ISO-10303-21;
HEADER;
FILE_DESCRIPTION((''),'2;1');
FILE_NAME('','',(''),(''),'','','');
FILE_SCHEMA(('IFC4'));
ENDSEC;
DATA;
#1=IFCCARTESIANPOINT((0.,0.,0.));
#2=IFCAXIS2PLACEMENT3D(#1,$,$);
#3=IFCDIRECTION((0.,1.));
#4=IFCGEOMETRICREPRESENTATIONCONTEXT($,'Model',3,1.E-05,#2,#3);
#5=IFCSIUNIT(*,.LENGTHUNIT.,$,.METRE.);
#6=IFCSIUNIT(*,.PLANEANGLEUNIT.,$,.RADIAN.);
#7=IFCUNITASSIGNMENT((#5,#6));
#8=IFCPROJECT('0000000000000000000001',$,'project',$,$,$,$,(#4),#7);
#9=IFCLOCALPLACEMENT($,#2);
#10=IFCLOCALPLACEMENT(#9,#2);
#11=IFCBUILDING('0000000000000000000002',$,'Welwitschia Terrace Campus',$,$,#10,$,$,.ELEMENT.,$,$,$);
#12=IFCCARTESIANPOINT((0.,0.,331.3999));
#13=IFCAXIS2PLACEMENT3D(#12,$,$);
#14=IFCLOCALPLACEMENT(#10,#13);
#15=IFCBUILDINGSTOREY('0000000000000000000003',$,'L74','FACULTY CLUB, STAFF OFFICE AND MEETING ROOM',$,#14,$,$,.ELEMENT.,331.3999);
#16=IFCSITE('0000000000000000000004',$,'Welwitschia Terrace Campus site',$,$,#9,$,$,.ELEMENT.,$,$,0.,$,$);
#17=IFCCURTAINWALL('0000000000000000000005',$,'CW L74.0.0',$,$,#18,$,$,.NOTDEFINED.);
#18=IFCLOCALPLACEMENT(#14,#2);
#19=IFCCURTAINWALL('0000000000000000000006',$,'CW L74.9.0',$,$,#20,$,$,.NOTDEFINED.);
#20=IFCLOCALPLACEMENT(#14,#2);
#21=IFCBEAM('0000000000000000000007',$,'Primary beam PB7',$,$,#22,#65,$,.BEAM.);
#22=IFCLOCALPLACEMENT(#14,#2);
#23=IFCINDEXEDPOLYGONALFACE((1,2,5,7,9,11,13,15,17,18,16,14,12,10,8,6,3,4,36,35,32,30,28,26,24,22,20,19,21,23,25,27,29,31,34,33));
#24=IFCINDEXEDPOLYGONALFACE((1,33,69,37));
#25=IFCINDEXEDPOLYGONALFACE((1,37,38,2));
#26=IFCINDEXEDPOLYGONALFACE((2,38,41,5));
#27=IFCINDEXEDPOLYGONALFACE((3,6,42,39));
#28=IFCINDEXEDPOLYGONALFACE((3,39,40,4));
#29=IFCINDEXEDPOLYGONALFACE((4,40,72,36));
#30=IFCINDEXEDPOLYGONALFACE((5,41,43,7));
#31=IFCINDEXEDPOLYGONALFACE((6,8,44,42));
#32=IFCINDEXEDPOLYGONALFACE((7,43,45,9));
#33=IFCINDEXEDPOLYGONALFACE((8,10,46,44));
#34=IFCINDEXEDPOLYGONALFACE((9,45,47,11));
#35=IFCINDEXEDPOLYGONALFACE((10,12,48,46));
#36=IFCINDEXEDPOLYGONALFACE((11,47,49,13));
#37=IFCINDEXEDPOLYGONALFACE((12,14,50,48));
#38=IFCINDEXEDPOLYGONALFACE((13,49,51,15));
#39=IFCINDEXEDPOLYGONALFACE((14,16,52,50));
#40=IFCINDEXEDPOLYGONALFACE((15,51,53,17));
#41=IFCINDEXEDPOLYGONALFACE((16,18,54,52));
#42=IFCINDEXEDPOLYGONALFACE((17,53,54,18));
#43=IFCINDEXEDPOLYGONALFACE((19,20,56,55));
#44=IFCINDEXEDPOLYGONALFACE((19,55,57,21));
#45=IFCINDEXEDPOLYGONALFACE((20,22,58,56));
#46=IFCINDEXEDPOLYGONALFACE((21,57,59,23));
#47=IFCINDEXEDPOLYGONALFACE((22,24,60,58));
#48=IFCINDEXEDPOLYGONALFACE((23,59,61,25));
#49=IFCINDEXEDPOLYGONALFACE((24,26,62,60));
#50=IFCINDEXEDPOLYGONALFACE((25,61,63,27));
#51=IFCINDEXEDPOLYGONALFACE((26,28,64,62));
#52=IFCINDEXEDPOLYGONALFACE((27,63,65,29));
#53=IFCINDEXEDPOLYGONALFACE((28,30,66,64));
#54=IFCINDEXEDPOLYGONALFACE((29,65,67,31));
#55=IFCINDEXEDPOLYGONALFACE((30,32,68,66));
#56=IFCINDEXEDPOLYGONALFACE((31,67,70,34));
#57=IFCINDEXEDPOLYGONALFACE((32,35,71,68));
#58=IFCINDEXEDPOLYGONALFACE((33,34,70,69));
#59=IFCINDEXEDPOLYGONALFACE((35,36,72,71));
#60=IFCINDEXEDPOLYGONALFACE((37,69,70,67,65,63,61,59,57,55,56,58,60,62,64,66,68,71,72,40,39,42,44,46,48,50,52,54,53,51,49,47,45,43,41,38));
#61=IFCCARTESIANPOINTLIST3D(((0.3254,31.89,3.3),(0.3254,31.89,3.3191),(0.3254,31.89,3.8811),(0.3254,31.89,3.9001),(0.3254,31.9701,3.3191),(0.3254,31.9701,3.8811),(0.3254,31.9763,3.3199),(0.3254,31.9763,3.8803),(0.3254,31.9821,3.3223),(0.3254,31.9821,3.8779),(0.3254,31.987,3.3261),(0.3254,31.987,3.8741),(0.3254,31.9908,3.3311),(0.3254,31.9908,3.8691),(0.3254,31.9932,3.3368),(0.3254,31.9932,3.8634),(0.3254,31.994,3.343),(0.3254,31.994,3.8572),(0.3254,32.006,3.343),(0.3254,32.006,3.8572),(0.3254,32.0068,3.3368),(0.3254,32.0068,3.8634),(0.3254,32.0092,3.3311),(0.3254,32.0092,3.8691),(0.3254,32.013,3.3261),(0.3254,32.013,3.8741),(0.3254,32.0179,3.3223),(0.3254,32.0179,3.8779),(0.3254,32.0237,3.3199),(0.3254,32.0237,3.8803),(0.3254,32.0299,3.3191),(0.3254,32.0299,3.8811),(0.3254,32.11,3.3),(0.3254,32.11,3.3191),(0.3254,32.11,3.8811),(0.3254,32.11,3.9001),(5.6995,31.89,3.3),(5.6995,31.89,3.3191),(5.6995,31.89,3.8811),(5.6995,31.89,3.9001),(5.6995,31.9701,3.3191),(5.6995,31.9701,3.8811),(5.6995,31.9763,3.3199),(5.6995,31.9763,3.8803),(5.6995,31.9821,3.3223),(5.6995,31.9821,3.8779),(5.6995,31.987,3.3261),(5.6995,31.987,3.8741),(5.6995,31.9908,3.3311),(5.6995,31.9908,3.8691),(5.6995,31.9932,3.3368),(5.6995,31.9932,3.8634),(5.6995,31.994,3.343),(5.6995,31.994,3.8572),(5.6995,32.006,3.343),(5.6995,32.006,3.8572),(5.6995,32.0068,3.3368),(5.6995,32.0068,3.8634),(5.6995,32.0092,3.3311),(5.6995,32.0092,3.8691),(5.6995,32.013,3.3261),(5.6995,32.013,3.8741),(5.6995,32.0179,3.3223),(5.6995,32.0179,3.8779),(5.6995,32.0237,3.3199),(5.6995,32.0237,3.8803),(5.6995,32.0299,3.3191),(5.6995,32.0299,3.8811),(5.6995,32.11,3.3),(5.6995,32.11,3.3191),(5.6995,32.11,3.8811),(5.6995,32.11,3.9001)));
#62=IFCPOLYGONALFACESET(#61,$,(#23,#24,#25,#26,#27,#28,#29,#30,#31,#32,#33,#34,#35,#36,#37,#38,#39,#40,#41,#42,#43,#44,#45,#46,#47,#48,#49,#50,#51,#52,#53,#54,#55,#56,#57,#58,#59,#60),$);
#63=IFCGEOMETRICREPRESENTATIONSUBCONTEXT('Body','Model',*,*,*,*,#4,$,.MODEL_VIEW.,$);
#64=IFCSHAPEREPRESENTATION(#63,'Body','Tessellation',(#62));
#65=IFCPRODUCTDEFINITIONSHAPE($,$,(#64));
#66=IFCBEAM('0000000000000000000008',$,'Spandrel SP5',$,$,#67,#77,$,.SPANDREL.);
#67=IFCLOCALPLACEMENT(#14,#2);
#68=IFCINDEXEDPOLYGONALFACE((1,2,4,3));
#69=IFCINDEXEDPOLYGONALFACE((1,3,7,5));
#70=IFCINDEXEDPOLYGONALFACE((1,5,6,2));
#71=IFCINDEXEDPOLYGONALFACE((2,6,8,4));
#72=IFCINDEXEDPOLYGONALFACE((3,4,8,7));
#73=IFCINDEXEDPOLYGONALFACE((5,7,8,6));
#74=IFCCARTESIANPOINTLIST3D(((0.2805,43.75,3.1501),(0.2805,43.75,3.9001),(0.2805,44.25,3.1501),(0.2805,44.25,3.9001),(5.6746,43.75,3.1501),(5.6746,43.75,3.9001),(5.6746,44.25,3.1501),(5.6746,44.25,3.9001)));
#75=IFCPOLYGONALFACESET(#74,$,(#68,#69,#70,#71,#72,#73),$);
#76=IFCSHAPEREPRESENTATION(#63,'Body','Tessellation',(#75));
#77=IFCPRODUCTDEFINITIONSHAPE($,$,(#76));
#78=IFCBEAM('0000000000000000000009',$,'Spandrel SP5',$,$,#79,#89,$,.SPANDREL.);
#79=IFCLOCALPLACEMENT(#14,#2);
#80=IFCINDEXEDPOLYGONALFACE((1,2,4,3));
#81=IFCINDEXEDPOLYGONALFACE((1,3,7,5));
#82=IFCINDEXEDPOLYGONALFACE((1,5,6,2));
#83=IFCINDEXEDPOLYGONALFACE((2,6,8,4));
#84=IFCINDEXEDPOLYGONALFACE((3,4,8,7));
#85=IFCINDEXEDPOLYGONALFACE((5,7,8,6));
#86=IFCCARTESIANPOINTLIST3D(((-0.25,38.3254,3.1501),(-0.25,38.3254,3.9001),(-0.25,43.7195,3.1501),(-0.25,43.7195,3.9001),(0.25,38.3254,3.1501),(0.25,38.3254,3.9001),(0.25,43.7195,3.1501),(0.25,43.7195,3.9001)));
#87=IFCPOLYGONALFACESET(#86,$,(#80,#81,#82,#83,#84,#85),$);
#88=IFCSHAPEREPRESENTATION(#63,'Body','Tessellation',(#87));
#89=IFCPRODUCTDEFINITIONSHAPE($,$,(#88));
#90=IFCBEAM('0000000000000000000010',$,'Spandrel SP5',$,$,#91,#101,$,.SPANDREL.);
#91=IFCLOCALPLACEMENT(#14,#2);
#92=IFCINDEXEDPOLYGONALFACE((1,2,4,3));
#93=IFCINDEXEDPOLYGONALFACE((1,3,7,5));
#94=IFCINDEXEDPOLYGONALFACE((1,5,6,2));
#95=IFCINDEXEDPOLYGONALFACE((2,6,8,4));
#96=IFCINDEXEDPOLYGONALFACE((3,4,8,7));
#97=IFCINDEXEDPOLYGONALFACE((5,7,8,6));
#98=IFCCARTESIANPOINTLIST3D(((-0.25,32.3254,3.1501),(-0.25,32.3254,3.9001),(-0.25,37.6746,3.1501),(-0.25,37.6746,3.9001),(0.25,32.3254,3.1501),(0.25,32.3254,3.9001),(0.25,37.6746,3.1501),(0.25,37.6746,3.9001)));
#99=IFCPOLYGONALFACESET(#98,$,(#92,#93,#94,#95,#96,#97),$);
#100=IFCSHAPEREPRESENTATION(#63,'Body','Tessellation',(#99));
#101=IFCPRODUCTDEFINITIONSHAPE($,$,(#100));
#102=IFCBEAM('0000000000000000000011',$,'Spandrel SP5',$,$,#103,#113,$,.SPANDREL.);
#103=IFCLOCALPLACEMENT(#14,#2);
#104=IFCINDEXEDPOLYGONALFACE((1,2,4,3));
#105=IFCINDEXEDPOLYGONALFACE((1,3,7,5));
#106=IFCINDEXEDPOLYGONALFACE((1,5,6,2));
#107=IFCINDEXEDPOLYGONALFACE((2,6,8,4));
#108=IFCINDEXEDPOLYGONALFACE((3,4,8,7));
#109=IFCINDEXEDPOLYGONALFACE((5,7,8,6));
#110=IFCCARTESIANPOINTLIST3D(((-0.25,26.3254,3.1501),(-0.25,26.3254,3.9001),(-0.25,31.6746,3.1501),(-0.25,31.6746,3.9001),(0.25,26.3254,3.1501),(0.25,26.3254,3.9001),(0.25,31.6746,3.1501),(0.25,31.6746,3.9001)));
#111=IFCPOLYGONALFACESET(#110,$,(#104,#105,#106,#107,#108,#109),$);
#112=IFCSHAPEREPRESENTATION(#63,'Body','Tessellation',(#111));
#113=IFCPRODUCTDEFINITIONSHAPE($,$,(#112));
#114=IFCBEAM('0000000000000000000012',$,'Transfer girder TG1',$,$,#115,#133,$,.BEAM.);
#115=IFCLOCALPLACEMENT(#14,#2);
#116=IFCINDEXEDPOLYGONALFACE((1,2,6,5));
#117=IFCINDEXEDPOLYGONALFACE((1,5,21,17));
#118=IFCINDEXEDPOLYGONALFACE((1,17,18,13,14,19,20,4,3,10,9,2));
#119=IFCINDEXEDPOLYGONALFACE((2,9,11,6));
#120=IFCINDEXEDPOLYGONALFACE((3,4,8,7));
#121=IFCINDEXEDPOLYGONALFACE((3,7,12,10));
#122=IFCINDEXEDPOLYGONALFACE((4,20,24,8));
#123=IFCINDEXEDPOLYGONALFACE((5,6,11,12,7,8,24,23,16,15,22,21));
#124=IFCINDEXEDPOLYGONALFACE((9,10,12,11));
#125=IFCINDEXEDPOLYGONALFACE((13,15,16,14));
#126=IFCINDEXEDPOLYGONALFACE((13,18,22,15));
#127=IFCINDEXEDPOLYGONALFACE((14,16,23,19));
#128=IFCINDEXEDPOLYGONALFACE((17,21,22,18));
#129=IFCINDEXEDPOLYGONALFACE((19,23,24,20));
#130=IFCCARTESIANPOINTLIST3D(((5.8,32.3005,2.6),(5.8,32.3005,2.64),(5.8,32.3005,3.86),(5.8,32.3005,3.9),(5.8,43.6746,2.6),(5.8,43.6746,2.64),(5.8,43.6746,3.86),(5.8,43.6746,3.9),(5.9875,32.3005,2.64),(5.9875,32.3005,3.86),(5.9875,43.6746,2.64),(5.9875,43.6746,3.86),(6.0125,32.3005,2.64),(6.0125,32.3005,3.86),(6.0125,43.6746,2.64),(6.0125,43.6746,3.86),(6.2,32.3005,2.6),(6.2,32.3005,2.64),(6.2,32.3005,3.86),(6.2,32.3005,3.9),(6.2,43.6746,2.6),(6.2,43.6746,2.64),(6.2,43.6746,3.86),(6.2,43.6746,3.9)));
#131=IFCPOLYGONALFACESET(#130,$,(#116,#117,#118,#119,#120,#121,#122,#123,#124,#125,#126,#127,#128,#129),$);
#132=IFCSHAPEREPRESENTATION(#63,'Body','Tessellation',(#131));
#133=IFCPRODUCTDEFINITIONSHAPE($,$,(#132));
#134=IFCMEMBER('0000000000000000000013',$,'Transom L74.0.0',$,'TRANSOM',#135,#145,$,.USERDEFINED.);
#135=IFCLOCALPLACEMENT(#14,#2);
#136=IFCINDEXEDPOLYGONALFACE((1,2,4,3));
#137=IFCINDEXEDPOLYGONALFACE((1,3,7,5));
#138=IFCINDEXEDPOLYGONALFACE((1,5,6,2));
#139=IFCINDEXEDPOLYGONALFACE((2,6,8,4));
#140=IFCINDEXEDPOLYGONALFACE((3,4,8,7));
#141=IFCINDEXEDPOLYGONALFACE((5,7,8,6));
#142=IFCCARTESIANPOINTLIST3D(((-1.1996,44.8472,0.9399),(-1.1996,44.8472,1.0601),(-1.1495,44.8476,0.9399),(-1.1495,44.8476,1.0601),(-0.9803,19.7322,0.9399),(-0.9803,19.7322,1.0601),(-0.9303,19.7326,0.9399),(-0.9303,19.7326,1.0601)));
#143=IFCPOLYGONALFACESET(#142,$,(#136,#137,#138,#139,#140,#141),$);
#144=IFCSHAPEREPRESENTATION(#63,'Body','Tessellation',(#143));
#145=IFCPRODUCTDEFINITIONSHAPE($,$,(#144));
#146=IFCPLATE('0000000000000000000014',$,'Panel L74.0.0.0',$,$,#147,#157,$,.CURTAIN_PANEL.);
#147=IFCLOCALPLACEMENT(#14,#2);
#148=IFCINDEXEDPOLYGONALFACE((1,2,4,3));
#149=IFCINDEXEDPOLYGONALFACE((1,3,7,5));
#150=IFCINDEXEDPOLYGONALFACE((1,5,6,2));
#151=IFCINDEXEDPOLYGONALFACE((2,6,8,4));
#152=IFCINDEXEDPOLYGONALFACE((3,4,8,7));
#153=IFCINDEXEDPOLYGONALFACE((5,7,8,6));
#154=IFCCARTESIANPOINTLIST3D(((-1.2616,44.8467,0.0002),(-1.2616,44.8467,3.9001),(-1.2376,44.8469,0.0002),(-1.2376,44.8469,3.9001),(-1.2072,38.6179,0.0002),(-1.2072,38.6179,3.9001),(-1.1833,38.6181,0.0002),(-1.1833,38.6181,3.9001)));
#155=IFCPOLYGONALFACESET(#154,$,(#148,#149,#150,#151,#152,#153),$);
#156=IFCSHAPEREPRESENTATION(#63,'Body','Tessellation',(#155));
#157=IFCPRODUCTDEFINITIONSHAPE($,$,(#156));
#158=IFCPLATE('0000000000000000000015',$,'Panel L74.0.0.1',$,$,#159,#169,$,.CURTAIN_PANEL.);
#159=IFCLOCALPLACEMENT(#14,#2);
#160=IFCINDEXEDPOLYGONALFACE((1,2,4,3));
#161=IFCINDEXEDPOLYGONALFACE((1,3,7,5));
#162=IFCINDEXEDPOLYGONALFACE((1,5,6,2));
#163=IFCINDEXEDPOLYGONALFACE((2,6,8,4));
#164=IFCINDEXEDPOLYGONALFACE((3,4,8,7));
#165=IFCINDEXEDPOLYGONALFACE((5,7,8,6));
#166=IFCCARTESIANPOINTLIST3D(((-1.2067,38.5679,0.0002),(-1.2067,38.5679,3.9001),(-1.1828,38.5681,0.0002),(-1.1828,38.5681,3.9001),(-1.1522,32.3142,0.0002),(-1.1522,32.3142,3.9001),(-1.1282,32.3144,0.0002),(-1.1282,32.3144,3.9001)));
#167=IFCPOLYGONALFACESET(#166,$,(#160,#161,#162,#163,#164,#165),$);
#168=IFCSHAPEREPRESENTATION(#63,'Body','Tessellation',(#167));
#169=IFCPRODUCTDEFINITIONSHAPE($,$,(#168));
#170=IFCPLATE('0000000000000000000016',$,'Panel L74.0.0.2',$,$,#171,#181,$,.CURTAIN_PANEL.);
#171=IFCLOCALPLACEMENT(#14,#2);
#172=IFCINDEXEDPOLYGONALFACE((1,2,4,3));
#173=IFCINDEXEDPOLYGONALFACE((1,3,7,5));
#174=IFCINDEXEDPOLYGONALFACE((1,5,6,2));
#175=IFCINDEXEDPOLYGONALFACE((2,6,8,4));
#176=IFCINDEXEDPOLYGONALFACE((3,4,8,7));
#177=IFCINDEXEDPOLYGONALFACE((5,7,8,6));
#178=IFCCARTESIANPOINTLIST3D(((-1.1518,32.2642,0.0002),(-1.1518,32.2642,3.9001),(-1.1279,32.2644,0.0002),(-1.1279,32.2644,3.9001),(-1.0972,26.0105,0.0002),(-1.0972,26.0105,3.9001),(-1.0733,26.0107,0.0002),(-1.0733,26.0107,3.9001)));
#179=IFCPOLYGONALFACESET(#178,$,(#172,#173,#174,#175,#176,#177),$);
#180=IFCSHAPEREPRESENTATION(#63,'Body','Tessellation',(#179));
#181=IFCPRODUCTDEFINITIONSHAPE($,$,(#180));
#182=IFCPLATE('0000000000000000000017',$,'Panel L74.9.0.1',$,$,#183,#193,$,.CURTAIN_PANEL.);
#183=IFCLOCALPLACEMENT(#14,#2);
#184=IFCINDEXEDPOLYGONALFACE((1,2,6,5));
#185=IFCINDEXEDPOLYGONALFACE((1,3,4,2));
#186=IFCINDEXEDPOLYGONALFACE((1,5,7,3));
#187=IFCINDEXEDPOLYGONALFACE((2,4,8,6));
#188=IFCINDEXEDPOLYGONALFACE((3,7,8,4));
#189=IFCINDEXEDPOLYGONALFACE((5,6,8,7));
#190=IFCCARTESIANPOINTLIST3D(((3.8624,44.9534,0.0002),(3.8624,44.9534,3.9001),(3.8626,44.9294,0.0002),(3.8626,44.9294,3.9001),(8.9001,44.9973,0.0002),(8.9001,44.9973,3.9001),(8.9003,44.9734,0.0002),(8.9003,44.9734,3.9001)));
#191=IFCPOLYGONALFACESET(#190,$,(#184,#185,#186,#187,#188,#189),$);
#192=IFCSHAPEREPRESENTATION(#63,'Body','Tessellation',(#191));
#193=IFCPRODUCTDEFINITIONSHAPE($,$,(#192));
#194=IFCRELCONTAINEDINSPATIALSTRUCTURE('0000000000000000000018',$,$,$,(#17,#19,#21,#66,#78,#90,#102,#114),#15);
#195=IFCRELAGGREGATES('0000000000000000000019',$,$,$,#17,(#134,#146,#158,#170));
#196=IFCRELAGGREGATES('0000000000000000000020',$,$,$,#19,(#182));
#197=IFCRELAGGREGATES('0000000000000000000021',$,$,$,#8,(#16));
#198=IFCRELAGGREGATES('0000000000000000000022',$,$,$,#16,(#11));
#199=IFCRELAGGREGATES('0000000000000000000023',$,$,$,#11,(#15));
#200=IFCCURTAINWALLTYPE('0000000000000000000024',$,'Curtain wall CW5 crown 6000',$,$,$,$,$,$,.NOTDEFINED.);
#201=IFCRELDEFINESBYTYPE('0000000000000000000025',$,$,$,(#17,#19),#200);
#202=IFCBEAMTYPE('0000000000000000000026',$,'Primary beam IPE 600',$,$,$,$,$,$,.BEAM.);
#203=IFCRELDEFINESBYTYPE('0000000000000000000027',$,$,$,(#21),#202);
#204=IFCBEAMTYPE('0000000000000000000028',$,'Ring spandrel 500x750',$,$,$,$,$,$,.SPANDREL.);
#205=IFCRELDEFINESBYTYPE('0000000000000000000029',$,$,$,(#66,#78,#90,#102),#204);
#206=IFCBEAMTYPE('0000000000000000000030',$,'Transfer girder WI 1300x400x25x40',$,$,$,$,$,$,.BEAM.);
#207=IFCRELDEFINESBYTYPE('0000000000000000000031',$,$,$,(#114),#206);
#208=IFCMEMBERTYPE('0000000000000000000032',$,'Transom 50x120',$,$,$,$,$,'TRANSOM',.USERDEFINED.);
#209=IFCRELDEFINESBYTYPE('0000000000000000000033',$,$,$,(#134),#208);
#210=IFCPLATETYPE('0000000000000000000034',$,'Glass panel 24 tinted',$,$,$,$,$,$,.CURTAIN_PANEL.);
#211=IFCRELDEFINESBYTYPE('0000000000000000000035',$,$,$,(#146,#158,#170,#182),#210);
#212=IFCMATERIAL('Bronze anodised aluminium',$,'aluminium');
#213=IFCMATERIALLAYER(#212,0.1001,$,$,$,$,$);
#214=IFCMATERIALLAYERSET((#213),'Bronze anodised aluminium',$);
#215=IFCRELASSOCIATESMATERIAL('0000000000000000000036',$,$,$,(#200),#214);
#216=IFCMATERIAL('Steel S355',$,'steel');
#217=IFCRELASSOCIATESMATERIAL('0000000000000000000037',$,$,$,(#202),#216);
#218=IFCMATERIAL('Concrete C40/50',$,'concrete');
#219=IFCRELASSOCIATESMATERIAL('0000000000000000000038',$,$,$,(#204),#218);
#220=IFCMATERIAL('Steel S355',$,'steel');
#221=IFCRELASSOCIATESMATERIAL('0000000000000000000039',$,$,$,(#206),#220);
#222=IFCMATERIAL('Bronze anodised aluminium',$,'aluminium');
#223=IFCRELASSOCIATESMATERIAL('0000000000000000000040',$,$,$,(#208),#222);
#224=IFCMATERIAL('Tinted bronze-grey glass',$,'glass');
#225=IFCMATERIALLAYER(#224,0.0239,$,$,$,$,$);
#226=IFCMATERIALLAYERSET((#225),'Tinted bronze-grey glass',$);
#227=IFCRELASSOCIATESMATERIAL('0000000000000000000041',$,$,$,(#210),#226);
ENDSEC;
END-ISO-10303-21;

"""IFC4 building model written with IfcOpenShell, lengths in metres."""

from ifc_helpers import new_model, si_unit, direction, frame, origin, origin_2d, place, context, subcontext, project, spatial, rectangle, i_section, extrude, material, layer, layer_set, material_profile, profile_set, type_object, element, aggregate, save


model = new_model("IFC4")

# Units and contexts
model_context = context("Model", 3, precision=1e-05, world=origin(), true_north=direction((0.0, 1.0)))
body_context = subcontext(model_context, "Body", "Model", "MODEL_VIEW")
ifc_project = project(units=[si_unit("LENGTHUNIT", "METRE"), si_unit("PLANEANGLEUNIT", "RADIAN")], contexts=[model_context])

# Site, building, storey
site_placement = place(None, origin())
site = spatial("IfcSite", under=ifc_project, at=site_placement, Name="Welwitschia Terrace Campus site", CompositionType="ELEMENT", RefElevation=0.0)
building_placement = place(site_placement, origin())
building = spatial("IfcBuilding", under=site, at=building_placement, Name="Welwitschia Terrace Campus", CompositionType="ELEMENT")
storey_placement = place(building_placement, frame((0.0, 0.0, 331.3999)))
storey = spatial("IfcBuildingStorey", under=building, at=storey_placement, Name="L74", Description="FACULTY CLUB, STAFF OFFICE AND MEETING ROOM", CompositionType="ELEMENT", Elevation=331.3999)

# Curtain walls
ifc_material_1 = material(Name="Bronze anodised aluminium", Category="aluminium")
ifc_layer_1 = layer(ifc_material_1, 0.1001)
ifc_layer_set_1 = layer_set([ifc_layer_1], Name="Bronze anodised aluminium")
curtain_wall_type = type_object("IfcCurtainWallType", Name="Curtain wall CW5 crown 6000", PredefinedType="NOTDEFINED", material=ifc_layer_set_1)
curtain_wall_1_placement = place(storey_placement, origin())
curtain_wall_1 = element("IfcCurtainWall", 1, at=curtain_wall_1_placement, inside=storey, type_object=curtain_wall_type, Name="CW L74.0.0", PredefinedType="NOTDEFINED")
curtain_wall_2_placement = place(storey_placement, origin())
curtain_wall_2 = element("IfcCurtainWall", 2, at=curtain_wall_2_placement, inside=storey, type_object=curtain_wall_type, Name="CW L74.9.0", PredefinedType="NOTDEFINED")

# Beams
ifc_material_2 = material(Name="Steel S355", Category="steel")
ifc_material_profile_1 = material_profile(ifc_material_2, i_section(OverallWidth=0.22, OverallDepth=0.6001, WebThickness=0.012, FlangeThickness=0.019, FilletRadius=0.0239, at=origin_2d()))
ifc_profile_set_1 = profile_set([ifc_material_profile_1], Name="Steel S355")
beam_type_1 = type_object("IfcBeamType", Name="Primary beam IPE 600", PredefinedType="BEAM", material=ifc_profile_set_1)
beam_1_placement = place(storey_placement, frame((0.3254, 32.0, 3.6001), z_axis=(1.0, 0.0, 0.0), x_axis=(0.0, 1.0, 0.0)))
element("IfcBeam", 3, at=beam_1_placement, inside=storey, type_object=beam_type_1, Name="Primary beam PB7", PredefinedType="BEAM", context=body_context, shape_type="SweptSolid", body=[
    extrude(i_section(OverallWidth=0.22, OverallDepth=0.6001, WebThickness=0.012, FlangeThickness=0.019, FilletRadius=0.0239, at=origin_2d()), origin(), (0.0, 0.0, 1.0), 5.374),
])
ifc_material_3 = material(Name="Concrete C40/50", Category="concrete")
ifc_material_profile_2 = material_profile(ifc_material_3, rectangle(XDim=0.5, YDim=0.75, at=origin_2d()))
ifc_profile_set_2 = profile_set([ifc_material_profile_2], Name="Concrete C40/50")
beam_type_2 = type_object("IfcBeamType", Name="Ring spandrel 500x750", PredefinedType="SPANDREL", material=ifc_profile_set_2)
for number, where, z_axis, x_axis, name in (
    (4, (5.6746, 44.0, 3.5251), (-1.0, 0.0, 0.0), (0.0, -1.0, 0.0), "Spandrel SP5"),
    (5, (0.0, 43.7195, 3.5251), (0.0, -1.0, 0.0), (1.0, 0.0, 0.0), "Spandrel SP5"),
):
    element("IfcBeam", number, at=place(storey_placement, frame(where, z_axis=z_axis, x_axis=x_axis)), inside=storey, type_object=beam_type_2, Name=name, PredefinedType="SPANDREL", context=body_context, shape_type="SweptSolid", body=[
        extrude(rectangle(XDim=0.5, YDim=0.75, at=origin_2d()), origin(), (0.0, 0.0, 1.0), 5.394),
    ])
for number, where, z_axis, x_axis, name in (
    (6, (0.0, 37.6746, 3.5251), (0.0, -1.0, 0.0), (1.0, 0.0, 0.0), "Spandrel SP5"),
    (7, (0.0, 31.6746, 3.5251), (0.0, -1.0, 0.0), (1.0, 0.0, 0.0), "Spandrel SP5"),
):
    element("IfcBeam", number, at=place(storey_placement, frame(where, z_axis=z_axis, x_axis=x_axis)), inside=storey, type_object=beam_type_2, Name=name, PredefinedType="SPANDREL", context=body_context, shape_type="SweptSolid", body=[
        extrude(rectangle(XDim=0.5, YDim=0.75, at=origin_2d()), origin(), (0.0, 0.0, 1.0), 5.3491),
    ])
ifc_material_4 = material(Name="Steel S355", Category="steel")
ifc_material_profile_3 = material_profile(ifc_material_4, i_section(OverallWidth=0.3999, OverallDepth=1.3, WebThickness=0.0249, FlangeThickness=0.04, at=origin_2d()))
ifc_profile_set_3 = profile_set([ifc_material_profile_3], Name="Steel S355")
beam_type_3 = type_object("IfcBeamType", Name="Transfer girder WI 1300x400x25x40", PredefinedType="BEAM", material=ifc_profile_set_3)
beam_2_placement = place(storey_placement, frame((6.0, 32.3005, 3.25), z_axis=(0.0, 1.0, 0.0), x_axis=(-1.0, 0.0, 0.0)))
element("IfcBeam", 8, at=beam_2_placement, inside=storey, type_object=beam_type_3, Name="Transfer girder TG1", PredefinedType="BEAM", context=body_context, shape_type="SweptSolid", body=[
    extrude(i_section(OverallWidth=0.3999, OverallDepth=1.3, WebThickness=0.0249, FlangeThickness=0.04, at=origin_2d()), origin(), (0.0, 0.0, 1.0), 11.374),
])

# Member
ifc_material_5 = material(Name="Bronze anodised aluminium", Category="aluminium")
ifc_material_profile_4 = material_profile(ifc_material_5, rectangle(XDim=0.05, YDim=0.1201, at=origin_2d()))
ifc_profile_set_4 = profile_set([ifc_material_profile_4], Name="Bronze anodised aluminium")
member_type_1 = type_object("IfcMemberType", Name="Transom 50x120", ElementType="TRANSOM", PredefinedType="USERDEFINED", material=ifc_profile_set_4)
member_1_placement = place(storey_placement, frame((-1.1746, 44.8474, 1.0), z_axis=(0.008729, -0.999962, 0.0), x_axis=(0.999962, 0.008729, 0.0)))
member_1 = element("IfcMember", 9, at=member_1_placement, type_object=member_type_1, Name="Transom L74.0.0", ObjectType="TRANSOM", PredefinedType="USERDEFINED", context=body_context, shape_type="SweptSolid", body=[
    extrude(rectangle(XDim=0.05, YDim=0.1201, at=origin_2d()), origin(), (0.0, 0.0, 1.0), 25.116),
])

# Plates
ifc_material_6 = material(Name="Tinted bronze-grey glass", Category="glass")
ifc_layer_2 = layer(ifc_material_6, 0.0239)
ifc_layer_set_2 = layer_set([ifc_layer_2], Name="Tinted bronze-grey glass")
plate_type = type_object("IfcPlateType", Name="Glass panel 24 tinted", PredefinedType="CURTAIN_PANEL", material=ifc_layer_set_2)
plate_1_placement = place(storey_placement, frame((-1.2224, 41.7324, 0.0002), z_axis=(0.0, 0.0, 1.0), x_axis=(0.008727, -0.999962, 0.0)))
plate_1 = element("IfcPlate", 10, at=plate_1_placement, type_object=plate_type, Name="Panel L74.0.0.0", PredefinedType="CURTAIN_PANEL", context=body_context, shape_type="SweptSolid", body=[
    extrude(rectangle(XDim=6.229, YDim=0.0239, at=origin_2d()), origin(), (0.0, 0.0, 1.0), 3.8999),
])
plate_2_placement = place(storey_placement, frame((-1.1675, 35.4412, 0.0002), z_axis=(0.0, 0.0, 1.0), x_axis=(0.008727, -0.999962, 0.0)))
plate_2 = element("IfcPlate", 11, at=plate_2_placement, type_object=plate_type, Name="Panel L74.0.0.1", PredefinedType="CURTAIN_PANEL", context=body_context, shape_type="SweptSolid", body=[
    extrude(rectangle(XDim=6.2539, YDim=0.0239, at=origin_2d()), origin(), (0.0, 0.0, 1.0), 3.8999),
])
plate_3_placement = place(storey_placement, frame((-1.1125, 29.1375, 0.0002), z_axis=(0.0, 0.0, 1.0), x_axis=(0.008727, -0.999962, 0.0)))
plate_3 = element("IfcPlate", 12, at=plate_3_placement, type_object=plate_type, Name="Panel L74.0.0.2", PredefinedType="CURTAIN_PANEL", context=body_context, shape_type="SweptSolid", body=[
    extrude(rectangle(XDim=6.2539, YDim=0.0239, at=origin_2d()), origin(), (0.0, 0.0, 1.0), 3.8999),
])
aggregate(curtain_wall_1, [member_1, plate_1, plate_2, plate_3])
plate_4_placement = place(storey_placement, frame((6.3813, 44.9634, 0.0002), z_axis=(0.0, 0.0, 1.0), x_axis=(-0.999962, -0.008727, 0.0)))
plate_4 = element("IfcPlate", 13, at=plate_4_placement, type_object=plate_type, Name="Panel L74.9.0.1", PredefinedType="CURTAIN_PANEL", context=body_context, shape_type="SweptSolid", body=[
    extrude(rectangle(XDim=5.0378, YDim=0.0239, at=origin_2d()), origin(), (0.0, 0.0, 1.0), 3.8999),
])
aggregate(curtain_wall_2, [plate_4])

save(model, "model.ifc")
